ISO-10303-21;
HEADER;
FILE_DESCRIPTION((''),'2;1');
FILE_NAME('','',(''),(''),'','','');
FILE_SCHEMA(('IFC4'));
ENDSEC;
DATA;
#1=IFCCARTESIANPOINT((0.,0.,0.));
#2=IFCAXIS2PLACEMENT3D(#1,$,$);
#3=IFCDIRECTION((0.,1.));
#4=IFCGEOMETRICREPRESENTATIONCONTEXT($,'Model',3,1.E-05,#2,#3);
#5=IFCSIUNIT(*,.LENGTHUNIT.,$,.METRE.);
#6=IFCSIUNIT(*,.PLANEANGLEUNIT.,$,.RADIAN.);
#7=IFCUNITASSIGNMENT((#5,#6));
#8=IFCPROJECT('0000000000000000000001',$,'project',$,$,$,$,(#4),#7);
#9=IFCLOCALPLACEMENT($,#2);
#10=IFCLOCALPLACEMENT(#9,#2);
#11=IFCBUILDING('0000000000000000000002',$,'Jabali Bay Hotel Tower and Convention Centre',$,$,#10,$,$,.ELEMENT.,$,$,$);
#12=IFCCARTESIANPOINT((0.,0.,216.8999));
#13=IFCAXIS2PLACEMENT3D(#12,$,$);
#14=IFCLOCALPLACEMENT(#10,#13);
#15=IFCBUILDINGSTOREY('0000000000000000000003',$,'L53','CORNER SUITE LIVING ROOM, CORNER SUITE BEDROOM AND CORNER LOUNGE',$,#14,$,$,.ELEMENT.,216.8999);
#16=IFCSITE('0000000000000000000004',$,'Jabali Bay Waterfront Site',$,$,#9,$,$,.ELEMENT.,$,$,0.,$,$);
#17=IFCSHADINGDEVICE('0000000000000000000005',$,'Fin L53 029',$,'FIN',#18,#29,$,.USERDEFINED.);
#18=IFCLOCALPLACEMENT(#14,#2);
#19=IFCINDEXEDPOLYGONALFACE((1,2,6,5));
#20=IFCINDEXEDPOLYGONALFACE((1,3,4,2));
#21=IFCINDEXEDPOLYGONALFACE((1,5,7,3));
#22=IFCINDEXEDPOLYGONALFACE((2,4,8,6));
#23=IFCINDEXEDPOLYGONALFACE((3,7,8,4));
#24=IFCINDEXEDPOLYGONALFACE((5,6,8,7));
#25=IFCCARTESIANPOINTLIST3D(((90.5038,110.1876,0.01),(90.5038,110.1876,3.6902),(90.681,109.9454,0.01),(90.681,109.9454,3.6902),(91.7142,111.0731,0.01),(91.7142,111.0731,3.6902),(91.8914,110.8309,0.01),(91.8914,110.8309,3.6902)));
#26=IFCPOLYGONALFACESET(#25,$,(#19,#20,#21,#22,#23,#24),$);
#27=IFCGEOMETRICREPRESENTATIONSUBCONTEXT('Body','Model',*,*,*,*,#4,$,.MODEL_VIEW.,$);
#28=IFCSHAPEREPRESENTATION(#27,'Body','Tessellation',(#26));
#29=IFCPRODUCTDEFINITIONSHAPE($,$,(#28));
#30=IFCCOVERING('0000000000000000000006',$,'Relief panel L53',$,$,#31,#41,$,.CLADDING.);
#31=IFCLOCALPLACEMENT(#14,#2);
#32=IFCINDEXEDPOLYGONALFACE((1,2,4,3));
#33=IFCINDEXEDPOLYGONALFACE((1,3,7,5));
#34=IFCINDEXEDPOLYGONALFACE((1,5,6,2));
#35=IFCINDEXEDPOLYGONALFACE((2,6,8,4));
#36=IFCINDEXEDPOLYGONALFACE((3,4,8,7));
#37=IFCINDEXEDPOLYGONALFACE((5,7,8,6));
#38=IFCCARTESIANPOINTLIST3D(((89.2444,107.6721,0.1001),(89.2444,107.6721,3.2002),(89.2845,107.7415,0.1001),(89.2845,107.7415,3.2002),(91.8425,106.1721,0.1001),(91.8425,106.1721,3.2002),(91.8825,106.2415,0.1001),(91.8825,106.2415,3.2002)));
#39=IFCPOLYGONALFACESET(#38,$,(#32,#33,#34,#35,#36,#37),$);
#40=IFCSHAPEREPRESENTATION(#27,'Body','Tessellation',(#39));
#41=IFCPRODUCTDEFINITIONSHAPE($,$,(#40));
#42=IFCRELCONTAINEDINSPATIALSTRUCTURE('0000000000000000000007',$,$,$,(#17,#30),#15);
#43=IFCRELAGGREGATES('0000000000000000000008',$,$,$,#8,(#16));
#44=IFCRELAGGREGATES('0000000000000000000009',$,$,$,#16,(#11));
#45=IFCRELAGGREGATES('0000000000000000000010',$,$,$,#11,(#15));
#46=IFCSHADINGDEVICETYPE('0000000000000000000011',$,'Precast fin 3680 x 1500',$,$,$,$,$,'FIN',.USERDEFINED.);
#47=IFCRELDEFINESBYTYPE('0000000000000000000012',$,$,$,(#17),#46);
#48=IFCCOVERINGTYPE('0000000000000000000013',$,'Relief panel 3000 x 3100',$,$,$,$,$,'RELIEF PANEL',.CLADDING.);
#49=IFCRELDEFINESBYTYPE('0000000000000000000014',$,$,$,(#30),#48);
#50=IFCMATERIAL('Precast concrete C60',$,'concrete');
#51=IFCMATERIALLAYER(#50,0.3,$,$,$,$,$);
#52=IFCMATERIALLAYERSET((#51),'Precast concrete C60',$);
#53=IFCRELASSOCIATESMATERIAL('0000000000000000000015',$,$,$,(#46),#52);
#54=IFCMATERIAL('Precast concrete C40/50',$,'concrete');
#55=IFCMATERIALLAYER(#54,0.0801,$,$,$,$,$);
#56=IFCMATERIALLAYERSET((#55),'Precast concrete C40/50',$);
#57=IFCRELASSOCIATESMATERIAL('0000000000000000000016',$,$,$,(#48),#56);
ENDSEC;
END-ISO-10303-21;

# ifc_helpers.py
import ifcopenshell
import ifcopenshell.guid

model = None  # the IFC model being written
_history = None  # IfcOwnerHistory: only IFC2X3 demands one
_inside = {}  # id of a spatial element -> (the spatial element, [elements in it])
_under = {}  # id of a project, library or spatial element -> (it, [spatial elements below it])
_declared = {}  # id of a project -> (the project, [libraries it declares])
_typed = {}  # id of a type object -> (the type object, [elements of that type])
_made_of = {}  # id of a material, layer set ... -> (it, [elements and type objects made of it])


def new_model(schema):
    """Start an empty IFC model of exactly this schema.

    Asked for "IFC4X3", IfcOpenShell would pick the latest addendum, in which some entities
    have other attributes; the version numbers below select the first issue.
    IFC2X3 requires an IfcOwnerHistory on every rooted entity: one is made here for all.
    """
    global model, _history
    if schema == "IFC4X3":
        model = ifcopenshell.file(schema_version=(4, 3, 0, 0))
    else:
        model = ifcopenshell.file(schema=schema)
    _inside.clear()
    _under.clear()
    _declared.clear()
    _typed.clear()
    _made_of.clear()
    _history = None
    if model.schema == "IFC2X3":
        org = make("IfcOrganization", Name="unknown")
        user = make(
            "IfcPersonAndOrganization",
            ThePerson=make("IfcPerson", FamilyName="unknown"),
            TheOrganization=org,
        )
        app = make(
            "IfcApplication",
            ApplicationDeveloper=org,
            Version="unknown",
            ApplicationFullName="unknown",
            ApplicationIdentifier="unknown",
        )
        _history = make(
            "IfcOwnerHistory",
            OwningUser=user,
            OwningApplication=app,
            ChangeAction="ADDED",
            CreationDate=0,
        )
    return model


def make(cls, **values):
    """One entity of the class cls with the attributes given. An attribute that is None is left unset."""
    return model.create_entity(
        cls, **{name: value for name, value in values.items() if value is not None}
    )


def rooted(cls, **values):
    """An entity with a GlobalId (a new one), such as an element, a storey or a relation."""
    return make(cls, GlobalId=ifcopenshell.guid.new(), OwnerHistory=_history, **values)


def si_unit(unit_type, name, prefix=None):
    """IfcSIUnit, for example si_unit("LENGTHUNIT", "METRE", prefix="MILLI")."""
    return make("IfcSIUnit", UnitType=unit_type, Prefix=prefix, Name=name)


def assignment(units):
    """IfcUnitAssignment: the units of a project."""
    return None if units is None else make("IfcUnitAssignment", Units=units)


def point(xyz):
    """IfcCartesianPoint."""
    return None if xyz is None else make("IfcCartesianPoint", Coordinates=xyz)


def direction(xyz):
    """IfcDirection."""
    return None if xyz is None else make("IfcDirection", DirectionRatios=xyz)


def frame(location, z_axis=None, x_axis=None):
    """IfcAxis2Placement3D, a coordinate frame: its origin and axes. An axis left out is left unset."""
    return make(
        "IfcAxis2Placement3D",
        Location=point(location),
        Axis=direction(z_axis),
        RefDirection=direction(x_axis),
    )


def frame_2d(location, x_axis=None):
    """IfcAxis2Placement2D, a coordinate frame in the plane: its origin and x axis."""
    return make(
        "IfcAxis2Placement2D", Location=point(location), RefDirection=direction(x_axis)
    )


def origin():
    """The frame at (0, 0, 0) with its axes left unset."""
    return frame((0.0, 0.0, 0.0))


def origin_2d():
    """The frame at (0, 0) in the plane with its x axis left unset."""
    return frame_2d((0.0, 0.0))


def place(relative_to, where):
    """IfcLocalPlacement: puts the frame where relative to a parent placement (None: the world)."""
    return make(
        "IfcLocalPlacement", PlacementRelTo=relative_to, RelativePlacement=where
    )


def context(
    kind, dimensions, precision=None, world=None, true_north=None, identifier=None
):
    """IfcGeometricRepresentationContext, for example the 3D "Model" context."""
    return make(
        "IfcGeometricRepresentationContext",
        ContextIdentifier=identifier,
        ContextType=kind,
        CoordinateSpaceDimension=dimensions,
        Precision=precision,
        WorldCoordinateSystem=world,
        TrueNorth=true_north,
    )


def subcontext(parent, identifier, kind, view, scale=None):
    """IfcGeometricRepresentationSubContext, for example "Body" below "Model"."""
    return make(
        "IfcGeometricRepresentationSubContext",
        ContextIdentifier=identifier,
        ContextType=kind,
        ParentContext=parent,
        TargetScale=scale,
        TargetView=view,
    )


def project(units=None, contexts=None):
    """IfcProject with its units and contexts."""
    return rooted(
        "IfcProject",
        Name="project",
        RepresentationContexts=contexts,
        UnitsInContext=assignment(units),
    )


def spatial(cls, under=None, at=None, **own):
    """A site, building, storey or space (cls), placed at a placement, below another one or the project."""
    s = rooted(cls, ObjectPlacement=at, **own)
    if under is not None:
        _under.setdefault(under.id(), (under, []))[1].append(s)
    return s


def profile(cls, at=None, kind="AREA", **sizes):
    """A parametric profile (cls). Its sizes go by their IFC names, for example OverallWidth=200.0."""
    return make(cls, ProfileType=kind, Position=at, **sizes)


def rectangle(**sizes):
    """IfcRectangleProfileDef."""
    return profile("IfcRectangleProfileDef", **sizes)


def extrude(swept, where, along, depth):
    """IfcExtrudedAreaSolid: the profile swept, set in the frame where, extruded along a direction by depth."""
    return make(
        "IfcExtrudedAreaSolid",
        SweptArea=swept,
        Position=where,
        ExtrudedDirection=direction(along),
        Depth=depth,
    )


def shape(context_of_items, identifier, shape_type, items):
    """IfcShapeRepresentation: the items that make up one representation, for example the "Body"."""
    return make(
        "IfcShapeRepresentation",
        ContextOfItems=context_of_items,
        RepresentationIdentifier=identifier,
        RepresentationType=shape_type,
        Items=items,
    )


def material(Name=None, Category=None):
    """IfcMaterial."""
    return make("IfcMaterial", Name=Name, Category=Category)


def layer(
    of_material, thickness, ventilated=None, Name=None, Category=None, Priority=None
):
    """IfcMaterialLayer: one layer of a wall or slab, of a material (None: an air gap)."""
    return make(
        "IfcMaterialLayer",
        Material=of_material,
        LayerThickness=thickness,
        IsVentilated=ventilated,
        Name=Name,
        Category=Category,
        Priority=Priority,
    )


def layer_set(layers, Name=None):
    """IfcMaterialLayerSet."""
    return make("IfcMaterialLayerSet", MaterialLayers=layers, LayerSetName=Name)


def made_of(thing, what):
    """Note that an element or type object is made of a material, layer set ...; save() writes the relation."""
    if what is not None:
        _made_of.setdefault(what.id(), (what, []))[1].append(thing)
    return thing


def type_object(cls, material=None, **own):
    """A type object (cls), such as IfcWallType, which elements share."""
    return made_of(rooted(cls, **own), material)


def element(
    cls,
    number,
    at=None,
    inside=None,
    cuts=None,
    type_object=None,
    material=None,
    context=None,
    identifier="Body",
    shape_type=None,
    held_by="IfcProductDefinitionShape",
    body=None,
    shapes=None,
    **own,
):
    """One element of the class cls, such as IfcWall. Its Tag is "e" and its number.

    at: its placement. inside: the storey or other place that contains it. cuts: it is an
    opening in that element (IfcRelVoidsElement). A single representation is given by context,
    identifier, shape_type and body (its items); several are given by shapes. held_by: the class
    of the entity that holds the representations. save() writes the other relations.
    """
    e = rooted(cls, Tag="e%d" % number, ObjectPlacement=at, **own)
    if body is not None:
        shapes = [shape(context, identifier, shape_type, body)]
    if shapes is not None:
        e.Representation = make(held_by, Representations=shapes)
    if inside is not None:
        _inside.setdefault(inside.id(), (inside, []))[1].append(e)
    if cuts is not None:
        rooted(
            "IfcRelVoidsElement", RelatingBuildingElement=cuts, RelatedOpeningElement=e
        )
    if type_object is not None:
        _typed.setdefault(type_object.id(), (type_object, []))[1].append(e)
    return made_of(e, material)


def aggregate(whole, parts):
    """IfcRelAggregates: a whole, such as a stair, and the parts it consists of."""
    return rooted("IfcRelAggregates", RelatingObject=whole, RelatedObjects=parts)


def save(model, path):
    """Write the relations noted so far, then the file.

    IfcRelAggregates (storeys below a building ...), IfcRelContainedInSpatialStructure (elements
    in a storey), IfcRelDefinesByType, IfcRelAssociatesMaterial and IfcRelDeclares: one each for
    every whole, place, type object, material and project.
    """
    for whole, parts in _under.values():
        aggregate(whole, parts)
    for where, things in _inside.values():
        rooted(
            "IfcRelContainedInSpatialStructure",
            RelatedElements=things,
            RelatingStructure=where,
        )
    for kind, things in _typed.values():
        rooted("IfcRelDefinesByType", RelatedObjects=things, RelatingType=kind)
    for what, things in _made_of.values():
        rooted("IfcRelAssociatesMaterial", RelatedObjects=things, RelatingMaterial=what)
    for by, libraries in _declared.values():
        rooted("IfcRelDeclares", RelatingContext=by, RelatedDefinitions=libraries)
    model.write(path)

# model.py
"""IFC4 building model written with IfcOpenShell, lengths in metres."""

from ifc_helpers import new_model, si_unit, direction, frame, frame_2d, origin, origin_2d, place, context, subcontext, project, spatial, rectangle, extrude, material, layer, layer_set, type_object, element, save


model = new_model("IFC4")

# Units and contexts
model_context = context("Model", 3, precision=1e-05, world=origin(), true_north=direction((0.0, 1.0)))
body_context = subcontext(model_context, "Body", "Model", "MODEL_VIEW")
ifc_project = project(units=[si_unit("LENGTHUNIT", "METRE"), si_unit("PLANEANGLEUNIT", "RADIAN")], contexts=[model_context])

# Site, building, storey
site_placement = place(None, origin())
site = spatial("IfcSite", under=ifc_project, at=site_placement, Name="Jabali Bay Waterfront Site", CompositionType="ELEMENT", RefElevation=0.0)
building_placement = place(site_placement, origin())
building = spatial("IfcBuilding", under=site, at=building_placement, Name="Jabali Bay Hotel Tower and Convention Centre", CompositionType="ELEMENT")
storey_placement = place(building_placement, frame((0.0, 0.0, 216.8999)))
storey = spatial("IfcBuildingStorey", under=building, at=storey_placement, Name="L53", Description="CORNER SUITE LIVING ROOM, CORNER SUITE BEDROOM AND CORNER LOUNGE", CompositionType="ELEMENT", Elevation=216.8999)

# Shading device
ifc_material_1 = material(Name="Precast concrete C60", Category="concrete")
ifc_layer_1 = layer(ifc_material_1, 0.3)
ifc_layer_set_1 = layer_set([ifc_layer_1], Name="Precast concrete C60")
shading_device_type_1 = type_object("IfcShadingDeviceType", Name="Precast fin 3680 x 1500", ElementType="FIN", PredefinedType="USERDEFINED", material=ifc_layer_set_1)
shading_device_1_placement = place(storey_placement, frame((90.5923, 110.0664, 0.01), z_axis=(0.0, 0.0, 1.0), x_axis=(0.807093, 0.590425, 0.0)))
element("IfcShadingDevice", 1, at=shading_device_1_placement, inside=storey, type_object=shading_device_type_1, Name="Fin L53 029", ObjectType="FIN", PredefinedType="USERDEFINED", context=body_context, shape_type="SweptSolid", body=[
    extrude(rectangle(XDim=1.4998, YDim=0.3, at=frame_2d((0.75, 0.0))), origin(), (0.0, 0.0, 1.0), 3.6802),
])

# Covering
ifc_material_2 = material(Name="Precast concrete C40/50", Category="concrete")
ifc_layer_2 = layer(ifc_material_2, 0.0801)
ifc_layer_set_2 = layer_set([ifc_layer_2], Name="Precast concrete C40/50")
covering_type = type_object("IfcCoveringType", Name="Relief panel 3000 x 3100", ElementType="RELIEF PANEL", PredefinedType="CLADDING", material=ifc_layer_set_2)
covering_placement = place(storey_placement, frame((90.5635, 106.9568, 0.1001), z_axis=(0.0, 0.0, 1.0), x_axis=(0.866025, -0.5, 0.0)))
element("IfcCovering", 2, at=covering_placement, inside=storey, type_object=covering_type, Name="Relief panel L53", PredefinedType="CLADDING", context=body_context, shape_type="SweptSolid", body=[
    extrude(rectangle(XDim=3.0, YDim=0.0801, at=origin_2d()), origin(), (0.0, 0.0, 1.0), 3.1001),
])

save(model, "model.ifc")
